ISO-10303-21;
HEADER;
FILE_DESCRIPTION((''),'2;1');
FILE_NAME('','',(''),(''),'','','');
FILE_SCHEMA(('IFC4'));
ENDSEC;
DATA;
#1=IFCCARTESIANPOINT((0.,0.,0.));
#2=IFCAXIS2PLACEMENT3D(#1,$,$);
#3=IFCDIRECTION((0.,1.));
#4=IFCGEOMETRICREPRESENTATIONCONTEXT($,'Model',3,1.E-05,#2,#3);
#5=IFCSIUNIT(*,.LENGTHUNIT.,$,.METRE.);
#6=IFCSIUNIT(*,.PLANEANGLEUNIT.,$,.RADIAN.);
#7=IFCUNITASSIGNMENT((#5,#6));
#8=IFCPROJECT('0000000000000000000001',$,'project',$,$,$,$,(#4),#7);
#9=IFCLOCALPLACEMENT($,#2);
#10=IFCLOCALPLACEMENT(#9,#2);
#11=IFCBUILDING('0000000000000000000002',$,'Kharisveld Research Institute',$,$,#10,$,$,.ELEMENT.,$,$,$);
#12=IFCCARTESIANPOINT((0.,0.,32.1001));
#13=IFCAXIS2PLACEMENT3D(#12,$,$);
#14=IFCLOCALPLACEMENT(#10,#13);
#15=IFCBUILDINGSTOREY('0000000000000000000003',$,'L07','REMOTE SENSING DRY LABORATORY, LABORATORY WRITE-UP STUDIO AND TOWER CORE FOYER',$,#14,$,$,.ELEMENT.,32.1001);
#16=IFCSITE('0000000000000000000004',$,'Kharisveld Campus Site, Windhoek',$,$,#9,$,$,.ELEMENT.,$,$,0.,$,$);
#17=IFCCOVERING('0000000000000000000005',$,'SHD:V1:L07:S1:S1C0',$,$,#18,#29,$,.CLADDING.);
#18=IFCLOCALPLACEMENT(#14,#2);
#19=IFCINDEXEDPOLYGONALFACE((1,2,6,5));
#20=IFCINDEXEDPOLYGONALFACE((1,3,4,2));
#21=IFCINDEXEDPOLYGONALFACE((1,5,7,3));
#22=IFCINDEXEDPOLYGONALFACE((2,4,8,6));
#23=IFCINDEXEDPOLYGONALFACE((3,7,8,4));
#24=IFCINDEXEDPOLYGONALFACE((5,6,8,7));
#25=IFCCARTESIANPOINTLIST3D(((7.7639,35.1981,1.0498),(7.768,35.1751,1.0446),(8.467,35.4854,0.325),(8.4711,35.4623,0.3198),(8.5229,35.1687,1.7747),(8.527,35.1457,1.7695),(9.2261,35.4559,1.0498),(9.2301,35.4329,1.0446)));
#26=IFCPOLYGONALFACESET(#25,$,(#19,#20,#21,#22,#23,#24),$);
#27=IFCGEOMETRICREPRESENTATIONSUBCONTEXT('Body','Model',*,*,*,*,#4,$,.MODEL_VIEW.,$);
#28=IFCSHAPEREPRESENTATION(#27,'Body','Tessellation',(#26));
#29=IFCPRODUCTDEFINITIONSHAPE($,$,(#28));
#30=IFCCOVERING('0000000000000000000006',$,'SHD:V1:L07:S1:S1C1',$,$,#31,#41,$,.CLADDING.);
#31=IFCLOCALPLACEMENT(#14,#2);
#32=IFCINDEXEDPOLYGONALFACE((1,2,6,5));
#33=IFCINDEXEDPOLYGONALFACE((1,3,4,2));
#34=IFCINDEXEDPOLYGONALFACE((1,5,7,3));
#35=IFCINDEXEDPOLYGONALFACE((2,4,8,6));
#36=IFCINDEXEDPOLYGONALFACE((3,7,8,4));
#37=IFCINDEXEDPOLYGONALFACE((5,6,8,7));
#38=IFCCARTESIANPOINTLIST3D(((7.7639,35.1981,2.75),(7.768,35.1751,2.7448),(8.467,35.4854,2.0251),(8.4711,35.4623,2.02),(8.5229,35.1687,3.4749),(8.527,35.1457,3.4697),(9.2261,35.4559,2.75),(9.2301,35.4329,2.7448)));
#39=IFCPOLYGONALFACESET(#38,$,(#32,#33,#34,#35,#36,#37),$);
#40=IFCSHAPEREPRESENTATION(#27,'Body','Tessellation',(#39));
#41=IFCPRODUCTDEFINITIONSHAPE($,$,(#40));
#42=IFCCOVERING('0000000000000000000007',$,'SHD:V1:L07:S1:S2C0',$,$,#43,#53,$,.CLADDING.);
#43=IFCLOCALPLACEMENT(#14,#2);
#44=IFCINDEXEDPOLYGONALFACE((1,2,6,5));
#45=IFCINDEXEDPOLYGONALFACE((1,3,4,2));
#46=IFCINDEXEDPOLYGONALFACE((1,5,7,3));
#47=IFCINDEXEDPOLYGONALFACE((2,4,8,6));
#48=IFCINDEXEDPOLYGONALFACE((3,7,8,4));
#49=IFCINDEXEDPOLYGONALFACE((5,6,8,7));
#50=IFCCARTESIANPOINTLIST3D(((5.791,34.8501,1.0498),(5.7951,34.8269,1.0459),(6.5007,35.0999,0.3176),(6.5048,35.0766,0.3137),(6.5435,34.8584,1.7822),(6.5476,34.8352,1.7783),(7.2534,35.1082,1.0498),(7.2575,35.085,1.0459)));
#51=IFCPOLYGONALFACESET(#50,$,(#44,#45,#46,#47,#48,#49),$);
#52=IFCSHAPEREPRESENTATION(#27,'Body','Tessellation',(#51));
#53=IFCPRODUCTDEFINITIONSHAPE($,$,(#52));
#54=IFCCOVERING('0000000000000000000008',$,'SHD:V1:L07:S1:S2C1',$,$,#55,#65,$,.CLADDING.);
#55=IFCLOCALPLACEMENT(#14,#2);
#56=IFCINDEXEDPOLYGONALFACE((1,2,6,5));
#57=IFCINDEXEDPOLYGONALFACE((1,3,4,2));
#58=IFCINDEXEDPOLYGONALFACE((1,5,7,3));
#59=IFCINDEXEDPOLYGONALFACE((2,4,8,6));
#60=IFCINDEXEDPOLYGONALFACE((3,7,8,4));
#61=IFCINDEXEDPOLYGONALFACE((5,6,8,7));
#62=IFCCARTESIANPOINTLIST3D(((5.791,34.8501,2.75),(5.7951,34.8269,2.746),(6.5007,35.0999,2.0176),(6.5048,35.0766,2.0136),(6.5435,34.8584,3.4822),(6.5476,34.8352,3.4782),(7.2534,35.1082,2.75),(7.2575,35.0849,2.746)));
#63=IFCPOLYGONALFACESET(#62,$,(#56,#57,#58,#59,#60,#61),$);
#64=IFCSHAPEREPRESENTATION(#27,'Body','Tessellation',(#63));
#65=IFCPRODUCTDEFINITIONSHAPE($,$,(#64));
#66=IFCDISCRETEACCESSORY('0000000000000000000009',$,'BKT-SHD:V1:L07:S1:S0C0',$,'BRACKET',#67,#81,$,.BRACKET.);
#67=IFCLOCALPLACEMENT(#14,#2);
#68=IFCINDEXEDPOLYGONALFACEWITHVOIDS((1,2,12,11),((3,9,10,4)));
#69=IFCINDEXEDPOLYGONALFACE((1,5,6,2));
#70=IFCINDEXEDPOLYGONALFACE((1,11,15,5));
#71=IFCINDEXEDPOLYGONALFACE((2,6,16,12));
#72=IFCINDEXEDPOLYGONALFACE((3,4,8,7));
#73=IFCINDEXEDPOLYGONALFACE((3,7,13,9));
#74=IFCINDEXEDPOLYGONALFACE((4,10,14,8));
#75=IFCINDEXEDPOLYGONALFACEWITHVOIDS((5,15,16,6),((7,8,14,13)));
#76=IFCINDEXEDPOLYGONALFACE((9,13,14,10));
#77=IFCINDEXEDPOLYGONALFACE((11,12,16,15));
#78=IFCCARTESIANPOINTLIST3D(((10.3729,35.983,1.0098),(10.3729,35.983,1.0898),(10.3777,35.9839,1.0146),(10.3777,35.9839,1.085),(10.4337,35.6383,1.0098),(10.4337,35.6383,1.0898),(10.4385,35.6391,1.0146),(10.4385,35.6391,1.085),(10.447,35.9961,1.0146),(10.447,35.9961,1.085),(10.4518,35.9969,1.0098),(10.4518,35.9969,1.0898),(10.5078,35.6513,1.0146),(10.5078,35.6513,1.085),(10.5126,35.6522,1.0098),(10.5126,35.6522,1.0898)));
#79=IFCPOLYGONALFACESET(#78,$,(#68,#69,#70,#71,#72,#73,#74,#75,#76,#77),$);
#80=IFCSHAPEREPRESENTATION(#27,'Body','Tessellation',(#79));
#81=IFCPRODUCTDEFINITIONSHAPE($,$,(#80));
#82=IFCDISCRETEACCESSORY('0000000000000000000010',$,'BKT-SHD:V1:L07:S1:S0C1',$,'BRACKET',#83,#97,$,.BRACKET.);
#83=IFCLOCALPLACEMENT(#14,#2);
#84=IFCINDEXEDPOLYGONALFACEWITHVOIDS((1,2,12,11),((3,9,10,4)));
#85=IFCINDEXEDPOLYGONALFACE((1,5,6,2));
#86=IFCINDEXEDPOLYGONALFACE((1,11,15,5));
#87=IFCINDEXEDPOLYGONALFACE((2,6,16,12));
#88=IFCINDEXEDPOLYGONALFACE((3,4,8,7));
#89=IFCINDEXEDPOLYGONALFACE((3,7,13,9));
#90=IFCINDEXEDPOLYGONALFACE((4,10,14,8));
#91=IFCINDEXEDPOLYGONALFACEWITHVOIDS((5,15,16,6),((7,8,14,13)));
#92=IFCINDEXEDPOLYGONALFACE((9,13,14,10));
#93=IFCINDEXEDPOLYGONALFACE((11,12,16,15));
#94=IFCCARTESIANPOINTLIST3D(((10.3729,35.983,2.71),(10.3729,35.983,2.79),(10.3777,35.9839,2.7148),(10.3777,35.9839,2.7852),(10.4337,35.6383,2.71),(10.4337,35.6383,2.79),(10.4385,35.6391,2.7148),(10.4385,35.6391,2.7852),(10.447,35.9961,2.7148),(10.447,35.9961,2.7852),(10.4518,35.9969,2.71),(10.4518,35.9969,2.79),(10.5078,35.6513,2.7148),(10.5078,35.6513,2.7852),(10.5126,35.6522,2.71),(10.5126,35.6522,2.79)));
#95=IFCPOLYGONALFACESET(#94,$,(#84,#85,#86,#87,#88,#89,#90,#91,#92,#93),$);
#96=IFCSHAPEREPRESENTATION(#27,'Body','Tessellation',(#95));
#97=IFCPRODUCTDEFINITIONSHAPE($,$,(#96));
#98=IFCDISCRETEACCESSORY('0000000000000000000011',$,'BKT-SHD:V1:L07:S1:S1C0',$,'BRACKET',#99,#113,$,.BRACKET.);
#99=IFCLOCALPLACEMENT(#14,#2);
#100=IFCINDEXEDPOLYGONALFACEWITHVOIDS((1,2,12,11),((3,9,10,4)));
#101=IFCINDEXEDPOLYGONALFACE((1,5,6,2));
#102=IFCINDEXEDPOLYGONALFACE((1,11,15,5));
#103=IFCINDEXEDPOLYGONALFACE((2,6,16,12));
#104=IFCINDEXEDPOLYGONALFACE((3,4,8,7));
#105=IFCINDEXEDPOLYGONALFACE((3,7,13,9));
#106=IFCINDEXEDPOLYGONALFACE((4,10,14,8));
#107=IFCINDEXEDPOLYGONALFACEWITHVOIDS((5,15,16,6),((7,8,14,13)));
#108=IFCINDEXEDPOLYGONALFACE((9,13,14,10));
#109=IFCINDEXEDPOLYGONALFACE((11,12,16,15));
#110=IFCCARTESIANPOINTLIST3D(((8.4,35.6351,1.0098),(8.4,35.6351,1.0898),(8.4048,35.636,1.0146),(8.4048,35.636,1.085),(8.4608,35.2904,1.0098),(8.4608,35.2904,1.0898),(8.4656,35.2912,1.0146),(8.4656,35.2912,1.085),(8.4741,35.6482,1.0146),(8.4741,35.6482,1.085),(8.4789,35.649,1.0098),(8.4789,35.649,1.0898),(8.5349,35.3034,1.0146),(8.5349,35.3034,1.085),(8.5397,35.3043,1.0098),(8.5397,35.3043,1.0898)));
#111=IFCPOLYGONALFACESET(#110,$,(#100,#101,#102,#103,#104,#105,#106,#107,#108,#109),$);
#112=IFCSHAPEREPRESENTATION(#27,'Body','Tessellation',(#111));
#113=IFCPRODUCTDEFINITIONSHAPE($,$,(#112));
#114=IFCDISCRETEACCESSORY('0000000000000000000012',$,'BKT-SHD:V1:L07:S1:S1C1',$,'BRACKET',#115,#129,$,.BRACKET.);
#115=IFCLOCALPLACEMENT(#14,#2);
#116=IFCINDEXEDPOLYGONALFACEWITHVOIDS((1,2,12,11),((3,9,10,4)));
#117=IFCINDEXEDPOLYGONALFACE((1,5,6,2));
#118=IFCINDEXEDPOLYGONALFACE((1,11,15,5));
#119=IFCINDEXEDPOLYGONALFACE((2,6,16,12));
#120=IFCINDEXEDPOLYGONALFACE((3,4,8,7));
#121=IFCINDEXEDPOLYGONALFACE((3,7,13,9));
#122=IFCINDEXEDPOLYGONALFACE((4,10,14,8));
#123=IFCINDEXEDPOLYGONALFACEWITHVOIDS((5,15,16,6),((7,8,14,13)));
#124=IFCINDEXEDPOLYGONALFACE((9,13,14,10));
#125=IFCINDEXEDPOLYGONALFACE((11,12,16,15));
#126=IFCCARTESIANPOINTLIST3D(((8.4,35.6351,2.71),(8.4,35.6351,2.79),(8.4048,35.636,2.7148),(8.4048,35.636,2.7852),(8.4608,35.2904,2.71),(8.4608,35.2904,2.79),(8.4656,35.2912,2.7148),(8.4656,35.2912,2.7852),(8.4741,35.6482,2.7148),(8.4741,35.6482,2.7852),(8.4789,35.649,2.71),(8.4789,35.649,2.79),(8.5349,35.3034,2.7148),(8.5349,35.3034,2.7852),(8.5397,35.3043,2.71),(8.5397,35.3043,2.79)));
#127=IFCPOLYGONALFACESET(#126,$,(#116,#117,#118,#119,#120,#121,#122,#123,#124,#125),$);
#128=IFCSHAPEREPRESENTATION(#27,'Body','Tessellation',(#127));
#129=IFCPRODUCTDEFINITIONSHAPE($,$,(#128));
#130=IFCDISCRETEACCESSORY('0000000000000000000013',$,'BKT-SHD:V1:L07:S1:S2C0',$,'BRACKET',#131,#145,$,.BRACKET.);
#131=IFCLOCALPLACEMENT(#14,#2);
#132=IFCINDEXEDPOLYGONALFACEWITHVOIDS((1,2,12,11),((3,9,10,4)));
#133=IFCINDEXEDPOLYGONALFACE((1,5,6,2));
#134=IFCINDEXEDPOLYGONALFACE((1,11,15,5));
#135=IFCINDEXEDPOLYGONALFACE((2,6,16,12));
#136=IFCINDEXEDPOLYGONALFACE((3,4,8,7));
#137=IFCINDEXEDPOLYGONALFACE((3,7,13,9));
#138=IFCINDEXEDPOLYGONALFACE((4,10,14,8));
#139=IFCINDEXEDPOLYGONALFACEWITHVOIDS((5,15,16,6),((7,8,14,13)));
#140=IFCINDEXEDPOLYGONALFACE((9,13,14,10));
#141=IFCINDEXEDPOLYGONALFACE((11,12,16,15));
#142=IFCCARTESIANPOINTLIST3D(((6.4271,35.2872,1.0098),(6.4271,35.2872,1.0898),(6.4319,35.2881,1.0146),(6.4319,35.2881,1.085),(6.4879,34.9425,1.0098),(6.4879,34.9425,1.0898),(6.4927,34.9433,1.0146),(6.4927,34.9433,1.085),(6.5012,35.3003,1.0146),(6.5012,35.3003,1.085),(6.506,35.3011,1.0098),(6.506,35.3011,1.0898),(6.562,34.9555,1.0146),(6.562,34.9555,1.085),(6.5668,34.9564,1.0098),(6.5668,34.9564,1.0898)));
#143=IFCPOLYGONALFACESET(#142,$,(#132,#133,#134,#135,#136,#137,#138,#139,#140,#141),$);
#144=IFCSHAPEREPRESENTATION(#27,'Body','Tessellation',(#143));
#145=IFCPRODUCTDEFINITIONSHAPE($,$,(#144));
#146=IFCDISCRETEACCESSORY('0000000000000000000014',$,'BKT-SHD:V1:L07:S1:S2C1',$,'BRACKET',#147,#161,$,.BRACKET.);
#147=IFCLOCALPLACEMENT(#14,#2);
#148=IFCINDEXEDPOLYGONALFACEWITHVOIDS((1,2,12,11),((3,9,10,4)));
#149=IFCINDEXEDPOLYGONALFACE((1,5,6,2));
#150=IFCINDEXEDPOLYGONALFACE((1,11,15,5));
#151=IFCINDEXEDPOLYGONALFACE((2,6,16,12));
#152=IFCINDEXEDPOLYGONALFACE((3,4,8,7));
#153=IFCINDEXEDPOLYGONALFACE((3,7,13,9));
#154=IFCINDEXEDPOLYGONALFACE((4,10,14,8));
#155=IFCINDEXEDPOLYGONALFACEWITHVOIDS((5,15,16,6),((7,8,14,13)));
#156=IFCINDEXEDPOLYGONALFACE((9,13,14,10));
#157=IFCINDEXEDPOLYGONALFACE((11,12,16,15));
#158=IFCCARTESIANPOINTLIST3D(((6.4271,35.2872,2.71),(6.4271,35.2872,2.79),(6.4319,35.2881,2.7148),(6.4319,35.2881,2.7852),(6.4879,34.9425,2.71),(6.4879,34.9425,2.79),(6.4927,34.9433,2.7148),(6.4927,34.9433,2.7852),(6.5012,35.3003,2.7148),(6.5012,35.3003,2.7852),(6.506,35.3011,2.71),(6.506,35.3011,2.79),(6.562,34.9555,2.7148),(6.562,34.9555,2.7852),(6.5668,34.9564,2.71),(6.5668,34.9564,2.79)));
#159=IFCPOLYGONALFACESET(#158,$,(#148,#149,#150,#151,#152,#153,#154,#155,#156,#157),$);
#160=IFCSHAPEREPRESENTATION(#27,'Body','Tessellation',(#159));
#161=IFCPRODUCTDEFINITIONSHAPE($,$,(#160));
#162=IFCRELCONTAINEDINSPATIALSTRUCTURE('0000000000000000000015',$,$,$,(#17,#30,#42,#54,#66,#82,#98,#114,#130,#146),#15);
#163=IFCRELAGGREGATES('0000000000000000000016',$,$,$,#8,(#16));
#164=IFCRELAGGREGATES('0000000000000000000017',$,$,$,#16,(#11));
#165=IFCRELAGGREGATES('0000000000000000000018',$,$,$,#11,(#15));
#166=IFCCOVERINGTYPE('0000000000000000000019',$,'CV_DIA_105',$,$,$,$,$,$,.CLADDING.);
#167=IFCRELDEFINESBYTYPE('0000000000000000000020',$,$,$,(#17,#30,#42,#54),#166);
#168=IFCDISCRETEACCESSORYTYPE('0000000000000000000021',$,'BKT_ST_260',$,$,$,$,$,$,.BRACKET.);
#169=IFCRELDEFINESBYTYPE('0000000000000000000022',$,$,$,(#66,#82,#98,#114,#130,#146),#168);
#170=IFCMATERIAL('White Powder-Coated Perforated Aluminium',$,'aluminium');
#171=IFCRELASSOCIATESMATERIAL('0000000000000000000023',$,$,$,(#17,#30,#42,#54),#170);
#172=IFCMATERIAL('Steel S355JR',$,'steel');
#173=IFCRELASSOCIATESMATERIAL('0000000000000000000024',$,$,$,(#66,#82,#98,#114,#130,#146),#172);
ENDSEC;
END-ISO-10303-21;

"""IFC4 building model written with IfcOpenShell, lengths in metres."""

from ifc_helpers import new_model, si_unit, direction, frame, origin, origin_2d, place, context, subcontext, project, spatial, polyline, hollow_rectangle, outline, extrude, material, type_object, element, save


model = new_model("IFC4")

# Units and contexts
model_context = context("Model", 3, precision=1e-05, world=origin(), true_north=direction((0.0, 1.0)))
body_context = subcontext(model_context, "Body", "Model", "MODEL_VIEW")
ifc_project = project(units=[si_unit("LENGTHUNIT", "METRE"), si_unit("PLANEANGLEUNIT", "RADIAN")], contexts=[model_context])

# Site, building, storey
site_placement = place(None, origin())
site = spatial("IfcSite", under=ifc_project, at=site_placement, Name="Kharisveld Campus Site, Windhoek", CompositionType="ELEMENT", RefElevation=0.0)
building_placement = place(site_placement, origin())
building = spatial("IfcBuilding", under=site, at=building_placement, Name="Kharisveld Research Institute", CompositionType="ELEMENT")
storey_placement = place(building_placement, frame((0.0, 0.0, 32.1001)))
storey = spatial("IfcBuildingStorey", under=building, at=storey_placement, Name="L07", Description="REMOTE SENSING DRY LABORATORY, LABORATORY WRITE-UP STUDIO AND TOWER CORE FOYER", CompositionType="ELEMENT", Elevation=32.1001)

# Coverings
ifc_material_1 = material(Name="White Powder-Coated Perforated Aluminium", Category="aluminium")
covering_type_1 = type_object("IfcCoveringType", Name="CV_DIA_105", PredefinedType="CLADDING")
for number, where, z_axis, x_axis, name in (
    (1, (8.467, 35.4854, 0.325), (-0.169525, 0.961443, 0.21654), (-0.669701, -0.273579, 0.690402), "SHD:V1:L07:S1:S1C0"),
    (2, (8.467, 35.4854, 2.0251), (-0.169525, 0.961443, 0.21654), (-0.669701, -0.273579, 0.690402), "SHD:V1:L07:S1:S1C1"),
):
    element("IfcCovering", number, at=place(storey_placement, frame(where, z_axis=z_axis, x_axis=x_axis)), inside=storey, type_object=covering_type_1, material=ifc_material_1, Name=name, PredefinedType="CLADDING", context=body_context, shape_type="SweptSolid", body=[
        extrude(outline(polyline([(0.0, 0.0), (1.0499, 0.0), (1.0501, 1.05), (0.0002, 1.05), (0.0, 0.0)])), origin(), (0.0, 0.0, -1.0), 0.0239),
    ])
covering_1_placement = place(storey_placement, frame((6.5007, 35.0999, 0.3176), z_axis=(-0.171391, 0.971267, 0.165124), x_axis=(-0.676032, -0.237861, 0.697426)))
element("IfcCovering", 3, at=covering_1_placement, inside=storey, type_object=covering_type_1, material=ifc_material_1, Name="SHD:V1:L07:S1:S2C0", PredefinedType="CLADDING", context=body_context, shape_type="SweptSolid", body=[
    extrude(outline(polyline([(0.0, 0.0), (1.0498, 0.0), (1.05, 1.0501), (-0.0002, 1.0501), (0.0, 0.0)])), origin(), (0.0, 0.0, -1.0), 0.0239),
])
covering_2_placement = place(storey_placement, frame((6.5007, 35.0999, 2.0176), z_axis=(-0.171391, 0.971267, 0.165124), x_axis=(-0.675915, -0.23786, 0.697539)))
element("IfcCovering", 4, at=covering_2_placement, inside=storey, type_object=covering_type_1, material=ifc_material_1, Name="SHD:V1:L07:S1:S2C1", PredefinedType="CLADDING", context=body_context, shape_type="SweptSolid", body=[
    extrude(outline(polyline([(0.0, 0.0), (1.05, 0.0), (1.0502, 1.0499), (0.0002, 1.0503), (0.0, 0.0)])), origin(), (0.0, 0.0, -1.0), 0.0239),
])

# Discrete accessories
ifc_material_2 = material(Name="Steel S355JR", Category="steel")
discrete_accessory_type = type_object("IfcDiscreteAccessoryType", Name="BKT_ST_260", PredefinedType="BRACKET")
for number, where, z_axis, x_axis, name in (
    (5, (10.4124, 35.99, 1.0498), (0.173666, -0.984805, 0.0), (0.984805, 0.173666, 0.0), "BKT-SHD:V1:L07:S1:S0C0"),
    (6, (10.4124, 35.99, 2.75), (0.173666, -0.984805, 0.0), (0.984805, 0.173666, 0.0), "BKT-SHD:V1:L07:S1:S0C1"),
    (7, (8.4395, 35.6421, 1.0498), (0.173666, -0.984805, 0.0), (0.984805, 0.173666, 0.0), "BKT-SHD:V1:L07:S1:S1C0"),
    (8, (8.4395, 35.6421, 2.75), (0.173666, -0.984805, 0.0), (0.984805, 0.173666, 0.0), "BKT-SHD:V1:L07:S1:S1C1"),
    (9, (6.4666, 35.2942, 1.0498), (0.173666, -0.984805, 0.0), (0.984805, 0.173666, 0.0), "BKT-SHD:V1:L07:S1:S2C0"),
    (10, (6.4666, 35.2942, 2.75), (0.173666, -0.984805, 0.0), (0.984805, 0.173666, 0.0), "BKT-SHD:V1:L07:S1:S2C1"),
):
    element("IfcDiscreteAccessory", number, at=place(storey_placement, frame(where, z_axis=z_axis, x_axis=x_axis)), inside=storey, type_object=discrete_accessory_type, material=ifc_material_2, Name=name, ObjectType="BRACKET", PredefinedType="BRACKET", context=body_context, shape_type="SweptSolid", body=[
        extrude(hollow_rectangle(XDim=0.0801, YDim=0.0801, WallThickness=0.0049, at=origin_2d()), origin(), (0.0, 0.0, 1.0), 0.3501),
    ])

save(model, "model.ifc")
